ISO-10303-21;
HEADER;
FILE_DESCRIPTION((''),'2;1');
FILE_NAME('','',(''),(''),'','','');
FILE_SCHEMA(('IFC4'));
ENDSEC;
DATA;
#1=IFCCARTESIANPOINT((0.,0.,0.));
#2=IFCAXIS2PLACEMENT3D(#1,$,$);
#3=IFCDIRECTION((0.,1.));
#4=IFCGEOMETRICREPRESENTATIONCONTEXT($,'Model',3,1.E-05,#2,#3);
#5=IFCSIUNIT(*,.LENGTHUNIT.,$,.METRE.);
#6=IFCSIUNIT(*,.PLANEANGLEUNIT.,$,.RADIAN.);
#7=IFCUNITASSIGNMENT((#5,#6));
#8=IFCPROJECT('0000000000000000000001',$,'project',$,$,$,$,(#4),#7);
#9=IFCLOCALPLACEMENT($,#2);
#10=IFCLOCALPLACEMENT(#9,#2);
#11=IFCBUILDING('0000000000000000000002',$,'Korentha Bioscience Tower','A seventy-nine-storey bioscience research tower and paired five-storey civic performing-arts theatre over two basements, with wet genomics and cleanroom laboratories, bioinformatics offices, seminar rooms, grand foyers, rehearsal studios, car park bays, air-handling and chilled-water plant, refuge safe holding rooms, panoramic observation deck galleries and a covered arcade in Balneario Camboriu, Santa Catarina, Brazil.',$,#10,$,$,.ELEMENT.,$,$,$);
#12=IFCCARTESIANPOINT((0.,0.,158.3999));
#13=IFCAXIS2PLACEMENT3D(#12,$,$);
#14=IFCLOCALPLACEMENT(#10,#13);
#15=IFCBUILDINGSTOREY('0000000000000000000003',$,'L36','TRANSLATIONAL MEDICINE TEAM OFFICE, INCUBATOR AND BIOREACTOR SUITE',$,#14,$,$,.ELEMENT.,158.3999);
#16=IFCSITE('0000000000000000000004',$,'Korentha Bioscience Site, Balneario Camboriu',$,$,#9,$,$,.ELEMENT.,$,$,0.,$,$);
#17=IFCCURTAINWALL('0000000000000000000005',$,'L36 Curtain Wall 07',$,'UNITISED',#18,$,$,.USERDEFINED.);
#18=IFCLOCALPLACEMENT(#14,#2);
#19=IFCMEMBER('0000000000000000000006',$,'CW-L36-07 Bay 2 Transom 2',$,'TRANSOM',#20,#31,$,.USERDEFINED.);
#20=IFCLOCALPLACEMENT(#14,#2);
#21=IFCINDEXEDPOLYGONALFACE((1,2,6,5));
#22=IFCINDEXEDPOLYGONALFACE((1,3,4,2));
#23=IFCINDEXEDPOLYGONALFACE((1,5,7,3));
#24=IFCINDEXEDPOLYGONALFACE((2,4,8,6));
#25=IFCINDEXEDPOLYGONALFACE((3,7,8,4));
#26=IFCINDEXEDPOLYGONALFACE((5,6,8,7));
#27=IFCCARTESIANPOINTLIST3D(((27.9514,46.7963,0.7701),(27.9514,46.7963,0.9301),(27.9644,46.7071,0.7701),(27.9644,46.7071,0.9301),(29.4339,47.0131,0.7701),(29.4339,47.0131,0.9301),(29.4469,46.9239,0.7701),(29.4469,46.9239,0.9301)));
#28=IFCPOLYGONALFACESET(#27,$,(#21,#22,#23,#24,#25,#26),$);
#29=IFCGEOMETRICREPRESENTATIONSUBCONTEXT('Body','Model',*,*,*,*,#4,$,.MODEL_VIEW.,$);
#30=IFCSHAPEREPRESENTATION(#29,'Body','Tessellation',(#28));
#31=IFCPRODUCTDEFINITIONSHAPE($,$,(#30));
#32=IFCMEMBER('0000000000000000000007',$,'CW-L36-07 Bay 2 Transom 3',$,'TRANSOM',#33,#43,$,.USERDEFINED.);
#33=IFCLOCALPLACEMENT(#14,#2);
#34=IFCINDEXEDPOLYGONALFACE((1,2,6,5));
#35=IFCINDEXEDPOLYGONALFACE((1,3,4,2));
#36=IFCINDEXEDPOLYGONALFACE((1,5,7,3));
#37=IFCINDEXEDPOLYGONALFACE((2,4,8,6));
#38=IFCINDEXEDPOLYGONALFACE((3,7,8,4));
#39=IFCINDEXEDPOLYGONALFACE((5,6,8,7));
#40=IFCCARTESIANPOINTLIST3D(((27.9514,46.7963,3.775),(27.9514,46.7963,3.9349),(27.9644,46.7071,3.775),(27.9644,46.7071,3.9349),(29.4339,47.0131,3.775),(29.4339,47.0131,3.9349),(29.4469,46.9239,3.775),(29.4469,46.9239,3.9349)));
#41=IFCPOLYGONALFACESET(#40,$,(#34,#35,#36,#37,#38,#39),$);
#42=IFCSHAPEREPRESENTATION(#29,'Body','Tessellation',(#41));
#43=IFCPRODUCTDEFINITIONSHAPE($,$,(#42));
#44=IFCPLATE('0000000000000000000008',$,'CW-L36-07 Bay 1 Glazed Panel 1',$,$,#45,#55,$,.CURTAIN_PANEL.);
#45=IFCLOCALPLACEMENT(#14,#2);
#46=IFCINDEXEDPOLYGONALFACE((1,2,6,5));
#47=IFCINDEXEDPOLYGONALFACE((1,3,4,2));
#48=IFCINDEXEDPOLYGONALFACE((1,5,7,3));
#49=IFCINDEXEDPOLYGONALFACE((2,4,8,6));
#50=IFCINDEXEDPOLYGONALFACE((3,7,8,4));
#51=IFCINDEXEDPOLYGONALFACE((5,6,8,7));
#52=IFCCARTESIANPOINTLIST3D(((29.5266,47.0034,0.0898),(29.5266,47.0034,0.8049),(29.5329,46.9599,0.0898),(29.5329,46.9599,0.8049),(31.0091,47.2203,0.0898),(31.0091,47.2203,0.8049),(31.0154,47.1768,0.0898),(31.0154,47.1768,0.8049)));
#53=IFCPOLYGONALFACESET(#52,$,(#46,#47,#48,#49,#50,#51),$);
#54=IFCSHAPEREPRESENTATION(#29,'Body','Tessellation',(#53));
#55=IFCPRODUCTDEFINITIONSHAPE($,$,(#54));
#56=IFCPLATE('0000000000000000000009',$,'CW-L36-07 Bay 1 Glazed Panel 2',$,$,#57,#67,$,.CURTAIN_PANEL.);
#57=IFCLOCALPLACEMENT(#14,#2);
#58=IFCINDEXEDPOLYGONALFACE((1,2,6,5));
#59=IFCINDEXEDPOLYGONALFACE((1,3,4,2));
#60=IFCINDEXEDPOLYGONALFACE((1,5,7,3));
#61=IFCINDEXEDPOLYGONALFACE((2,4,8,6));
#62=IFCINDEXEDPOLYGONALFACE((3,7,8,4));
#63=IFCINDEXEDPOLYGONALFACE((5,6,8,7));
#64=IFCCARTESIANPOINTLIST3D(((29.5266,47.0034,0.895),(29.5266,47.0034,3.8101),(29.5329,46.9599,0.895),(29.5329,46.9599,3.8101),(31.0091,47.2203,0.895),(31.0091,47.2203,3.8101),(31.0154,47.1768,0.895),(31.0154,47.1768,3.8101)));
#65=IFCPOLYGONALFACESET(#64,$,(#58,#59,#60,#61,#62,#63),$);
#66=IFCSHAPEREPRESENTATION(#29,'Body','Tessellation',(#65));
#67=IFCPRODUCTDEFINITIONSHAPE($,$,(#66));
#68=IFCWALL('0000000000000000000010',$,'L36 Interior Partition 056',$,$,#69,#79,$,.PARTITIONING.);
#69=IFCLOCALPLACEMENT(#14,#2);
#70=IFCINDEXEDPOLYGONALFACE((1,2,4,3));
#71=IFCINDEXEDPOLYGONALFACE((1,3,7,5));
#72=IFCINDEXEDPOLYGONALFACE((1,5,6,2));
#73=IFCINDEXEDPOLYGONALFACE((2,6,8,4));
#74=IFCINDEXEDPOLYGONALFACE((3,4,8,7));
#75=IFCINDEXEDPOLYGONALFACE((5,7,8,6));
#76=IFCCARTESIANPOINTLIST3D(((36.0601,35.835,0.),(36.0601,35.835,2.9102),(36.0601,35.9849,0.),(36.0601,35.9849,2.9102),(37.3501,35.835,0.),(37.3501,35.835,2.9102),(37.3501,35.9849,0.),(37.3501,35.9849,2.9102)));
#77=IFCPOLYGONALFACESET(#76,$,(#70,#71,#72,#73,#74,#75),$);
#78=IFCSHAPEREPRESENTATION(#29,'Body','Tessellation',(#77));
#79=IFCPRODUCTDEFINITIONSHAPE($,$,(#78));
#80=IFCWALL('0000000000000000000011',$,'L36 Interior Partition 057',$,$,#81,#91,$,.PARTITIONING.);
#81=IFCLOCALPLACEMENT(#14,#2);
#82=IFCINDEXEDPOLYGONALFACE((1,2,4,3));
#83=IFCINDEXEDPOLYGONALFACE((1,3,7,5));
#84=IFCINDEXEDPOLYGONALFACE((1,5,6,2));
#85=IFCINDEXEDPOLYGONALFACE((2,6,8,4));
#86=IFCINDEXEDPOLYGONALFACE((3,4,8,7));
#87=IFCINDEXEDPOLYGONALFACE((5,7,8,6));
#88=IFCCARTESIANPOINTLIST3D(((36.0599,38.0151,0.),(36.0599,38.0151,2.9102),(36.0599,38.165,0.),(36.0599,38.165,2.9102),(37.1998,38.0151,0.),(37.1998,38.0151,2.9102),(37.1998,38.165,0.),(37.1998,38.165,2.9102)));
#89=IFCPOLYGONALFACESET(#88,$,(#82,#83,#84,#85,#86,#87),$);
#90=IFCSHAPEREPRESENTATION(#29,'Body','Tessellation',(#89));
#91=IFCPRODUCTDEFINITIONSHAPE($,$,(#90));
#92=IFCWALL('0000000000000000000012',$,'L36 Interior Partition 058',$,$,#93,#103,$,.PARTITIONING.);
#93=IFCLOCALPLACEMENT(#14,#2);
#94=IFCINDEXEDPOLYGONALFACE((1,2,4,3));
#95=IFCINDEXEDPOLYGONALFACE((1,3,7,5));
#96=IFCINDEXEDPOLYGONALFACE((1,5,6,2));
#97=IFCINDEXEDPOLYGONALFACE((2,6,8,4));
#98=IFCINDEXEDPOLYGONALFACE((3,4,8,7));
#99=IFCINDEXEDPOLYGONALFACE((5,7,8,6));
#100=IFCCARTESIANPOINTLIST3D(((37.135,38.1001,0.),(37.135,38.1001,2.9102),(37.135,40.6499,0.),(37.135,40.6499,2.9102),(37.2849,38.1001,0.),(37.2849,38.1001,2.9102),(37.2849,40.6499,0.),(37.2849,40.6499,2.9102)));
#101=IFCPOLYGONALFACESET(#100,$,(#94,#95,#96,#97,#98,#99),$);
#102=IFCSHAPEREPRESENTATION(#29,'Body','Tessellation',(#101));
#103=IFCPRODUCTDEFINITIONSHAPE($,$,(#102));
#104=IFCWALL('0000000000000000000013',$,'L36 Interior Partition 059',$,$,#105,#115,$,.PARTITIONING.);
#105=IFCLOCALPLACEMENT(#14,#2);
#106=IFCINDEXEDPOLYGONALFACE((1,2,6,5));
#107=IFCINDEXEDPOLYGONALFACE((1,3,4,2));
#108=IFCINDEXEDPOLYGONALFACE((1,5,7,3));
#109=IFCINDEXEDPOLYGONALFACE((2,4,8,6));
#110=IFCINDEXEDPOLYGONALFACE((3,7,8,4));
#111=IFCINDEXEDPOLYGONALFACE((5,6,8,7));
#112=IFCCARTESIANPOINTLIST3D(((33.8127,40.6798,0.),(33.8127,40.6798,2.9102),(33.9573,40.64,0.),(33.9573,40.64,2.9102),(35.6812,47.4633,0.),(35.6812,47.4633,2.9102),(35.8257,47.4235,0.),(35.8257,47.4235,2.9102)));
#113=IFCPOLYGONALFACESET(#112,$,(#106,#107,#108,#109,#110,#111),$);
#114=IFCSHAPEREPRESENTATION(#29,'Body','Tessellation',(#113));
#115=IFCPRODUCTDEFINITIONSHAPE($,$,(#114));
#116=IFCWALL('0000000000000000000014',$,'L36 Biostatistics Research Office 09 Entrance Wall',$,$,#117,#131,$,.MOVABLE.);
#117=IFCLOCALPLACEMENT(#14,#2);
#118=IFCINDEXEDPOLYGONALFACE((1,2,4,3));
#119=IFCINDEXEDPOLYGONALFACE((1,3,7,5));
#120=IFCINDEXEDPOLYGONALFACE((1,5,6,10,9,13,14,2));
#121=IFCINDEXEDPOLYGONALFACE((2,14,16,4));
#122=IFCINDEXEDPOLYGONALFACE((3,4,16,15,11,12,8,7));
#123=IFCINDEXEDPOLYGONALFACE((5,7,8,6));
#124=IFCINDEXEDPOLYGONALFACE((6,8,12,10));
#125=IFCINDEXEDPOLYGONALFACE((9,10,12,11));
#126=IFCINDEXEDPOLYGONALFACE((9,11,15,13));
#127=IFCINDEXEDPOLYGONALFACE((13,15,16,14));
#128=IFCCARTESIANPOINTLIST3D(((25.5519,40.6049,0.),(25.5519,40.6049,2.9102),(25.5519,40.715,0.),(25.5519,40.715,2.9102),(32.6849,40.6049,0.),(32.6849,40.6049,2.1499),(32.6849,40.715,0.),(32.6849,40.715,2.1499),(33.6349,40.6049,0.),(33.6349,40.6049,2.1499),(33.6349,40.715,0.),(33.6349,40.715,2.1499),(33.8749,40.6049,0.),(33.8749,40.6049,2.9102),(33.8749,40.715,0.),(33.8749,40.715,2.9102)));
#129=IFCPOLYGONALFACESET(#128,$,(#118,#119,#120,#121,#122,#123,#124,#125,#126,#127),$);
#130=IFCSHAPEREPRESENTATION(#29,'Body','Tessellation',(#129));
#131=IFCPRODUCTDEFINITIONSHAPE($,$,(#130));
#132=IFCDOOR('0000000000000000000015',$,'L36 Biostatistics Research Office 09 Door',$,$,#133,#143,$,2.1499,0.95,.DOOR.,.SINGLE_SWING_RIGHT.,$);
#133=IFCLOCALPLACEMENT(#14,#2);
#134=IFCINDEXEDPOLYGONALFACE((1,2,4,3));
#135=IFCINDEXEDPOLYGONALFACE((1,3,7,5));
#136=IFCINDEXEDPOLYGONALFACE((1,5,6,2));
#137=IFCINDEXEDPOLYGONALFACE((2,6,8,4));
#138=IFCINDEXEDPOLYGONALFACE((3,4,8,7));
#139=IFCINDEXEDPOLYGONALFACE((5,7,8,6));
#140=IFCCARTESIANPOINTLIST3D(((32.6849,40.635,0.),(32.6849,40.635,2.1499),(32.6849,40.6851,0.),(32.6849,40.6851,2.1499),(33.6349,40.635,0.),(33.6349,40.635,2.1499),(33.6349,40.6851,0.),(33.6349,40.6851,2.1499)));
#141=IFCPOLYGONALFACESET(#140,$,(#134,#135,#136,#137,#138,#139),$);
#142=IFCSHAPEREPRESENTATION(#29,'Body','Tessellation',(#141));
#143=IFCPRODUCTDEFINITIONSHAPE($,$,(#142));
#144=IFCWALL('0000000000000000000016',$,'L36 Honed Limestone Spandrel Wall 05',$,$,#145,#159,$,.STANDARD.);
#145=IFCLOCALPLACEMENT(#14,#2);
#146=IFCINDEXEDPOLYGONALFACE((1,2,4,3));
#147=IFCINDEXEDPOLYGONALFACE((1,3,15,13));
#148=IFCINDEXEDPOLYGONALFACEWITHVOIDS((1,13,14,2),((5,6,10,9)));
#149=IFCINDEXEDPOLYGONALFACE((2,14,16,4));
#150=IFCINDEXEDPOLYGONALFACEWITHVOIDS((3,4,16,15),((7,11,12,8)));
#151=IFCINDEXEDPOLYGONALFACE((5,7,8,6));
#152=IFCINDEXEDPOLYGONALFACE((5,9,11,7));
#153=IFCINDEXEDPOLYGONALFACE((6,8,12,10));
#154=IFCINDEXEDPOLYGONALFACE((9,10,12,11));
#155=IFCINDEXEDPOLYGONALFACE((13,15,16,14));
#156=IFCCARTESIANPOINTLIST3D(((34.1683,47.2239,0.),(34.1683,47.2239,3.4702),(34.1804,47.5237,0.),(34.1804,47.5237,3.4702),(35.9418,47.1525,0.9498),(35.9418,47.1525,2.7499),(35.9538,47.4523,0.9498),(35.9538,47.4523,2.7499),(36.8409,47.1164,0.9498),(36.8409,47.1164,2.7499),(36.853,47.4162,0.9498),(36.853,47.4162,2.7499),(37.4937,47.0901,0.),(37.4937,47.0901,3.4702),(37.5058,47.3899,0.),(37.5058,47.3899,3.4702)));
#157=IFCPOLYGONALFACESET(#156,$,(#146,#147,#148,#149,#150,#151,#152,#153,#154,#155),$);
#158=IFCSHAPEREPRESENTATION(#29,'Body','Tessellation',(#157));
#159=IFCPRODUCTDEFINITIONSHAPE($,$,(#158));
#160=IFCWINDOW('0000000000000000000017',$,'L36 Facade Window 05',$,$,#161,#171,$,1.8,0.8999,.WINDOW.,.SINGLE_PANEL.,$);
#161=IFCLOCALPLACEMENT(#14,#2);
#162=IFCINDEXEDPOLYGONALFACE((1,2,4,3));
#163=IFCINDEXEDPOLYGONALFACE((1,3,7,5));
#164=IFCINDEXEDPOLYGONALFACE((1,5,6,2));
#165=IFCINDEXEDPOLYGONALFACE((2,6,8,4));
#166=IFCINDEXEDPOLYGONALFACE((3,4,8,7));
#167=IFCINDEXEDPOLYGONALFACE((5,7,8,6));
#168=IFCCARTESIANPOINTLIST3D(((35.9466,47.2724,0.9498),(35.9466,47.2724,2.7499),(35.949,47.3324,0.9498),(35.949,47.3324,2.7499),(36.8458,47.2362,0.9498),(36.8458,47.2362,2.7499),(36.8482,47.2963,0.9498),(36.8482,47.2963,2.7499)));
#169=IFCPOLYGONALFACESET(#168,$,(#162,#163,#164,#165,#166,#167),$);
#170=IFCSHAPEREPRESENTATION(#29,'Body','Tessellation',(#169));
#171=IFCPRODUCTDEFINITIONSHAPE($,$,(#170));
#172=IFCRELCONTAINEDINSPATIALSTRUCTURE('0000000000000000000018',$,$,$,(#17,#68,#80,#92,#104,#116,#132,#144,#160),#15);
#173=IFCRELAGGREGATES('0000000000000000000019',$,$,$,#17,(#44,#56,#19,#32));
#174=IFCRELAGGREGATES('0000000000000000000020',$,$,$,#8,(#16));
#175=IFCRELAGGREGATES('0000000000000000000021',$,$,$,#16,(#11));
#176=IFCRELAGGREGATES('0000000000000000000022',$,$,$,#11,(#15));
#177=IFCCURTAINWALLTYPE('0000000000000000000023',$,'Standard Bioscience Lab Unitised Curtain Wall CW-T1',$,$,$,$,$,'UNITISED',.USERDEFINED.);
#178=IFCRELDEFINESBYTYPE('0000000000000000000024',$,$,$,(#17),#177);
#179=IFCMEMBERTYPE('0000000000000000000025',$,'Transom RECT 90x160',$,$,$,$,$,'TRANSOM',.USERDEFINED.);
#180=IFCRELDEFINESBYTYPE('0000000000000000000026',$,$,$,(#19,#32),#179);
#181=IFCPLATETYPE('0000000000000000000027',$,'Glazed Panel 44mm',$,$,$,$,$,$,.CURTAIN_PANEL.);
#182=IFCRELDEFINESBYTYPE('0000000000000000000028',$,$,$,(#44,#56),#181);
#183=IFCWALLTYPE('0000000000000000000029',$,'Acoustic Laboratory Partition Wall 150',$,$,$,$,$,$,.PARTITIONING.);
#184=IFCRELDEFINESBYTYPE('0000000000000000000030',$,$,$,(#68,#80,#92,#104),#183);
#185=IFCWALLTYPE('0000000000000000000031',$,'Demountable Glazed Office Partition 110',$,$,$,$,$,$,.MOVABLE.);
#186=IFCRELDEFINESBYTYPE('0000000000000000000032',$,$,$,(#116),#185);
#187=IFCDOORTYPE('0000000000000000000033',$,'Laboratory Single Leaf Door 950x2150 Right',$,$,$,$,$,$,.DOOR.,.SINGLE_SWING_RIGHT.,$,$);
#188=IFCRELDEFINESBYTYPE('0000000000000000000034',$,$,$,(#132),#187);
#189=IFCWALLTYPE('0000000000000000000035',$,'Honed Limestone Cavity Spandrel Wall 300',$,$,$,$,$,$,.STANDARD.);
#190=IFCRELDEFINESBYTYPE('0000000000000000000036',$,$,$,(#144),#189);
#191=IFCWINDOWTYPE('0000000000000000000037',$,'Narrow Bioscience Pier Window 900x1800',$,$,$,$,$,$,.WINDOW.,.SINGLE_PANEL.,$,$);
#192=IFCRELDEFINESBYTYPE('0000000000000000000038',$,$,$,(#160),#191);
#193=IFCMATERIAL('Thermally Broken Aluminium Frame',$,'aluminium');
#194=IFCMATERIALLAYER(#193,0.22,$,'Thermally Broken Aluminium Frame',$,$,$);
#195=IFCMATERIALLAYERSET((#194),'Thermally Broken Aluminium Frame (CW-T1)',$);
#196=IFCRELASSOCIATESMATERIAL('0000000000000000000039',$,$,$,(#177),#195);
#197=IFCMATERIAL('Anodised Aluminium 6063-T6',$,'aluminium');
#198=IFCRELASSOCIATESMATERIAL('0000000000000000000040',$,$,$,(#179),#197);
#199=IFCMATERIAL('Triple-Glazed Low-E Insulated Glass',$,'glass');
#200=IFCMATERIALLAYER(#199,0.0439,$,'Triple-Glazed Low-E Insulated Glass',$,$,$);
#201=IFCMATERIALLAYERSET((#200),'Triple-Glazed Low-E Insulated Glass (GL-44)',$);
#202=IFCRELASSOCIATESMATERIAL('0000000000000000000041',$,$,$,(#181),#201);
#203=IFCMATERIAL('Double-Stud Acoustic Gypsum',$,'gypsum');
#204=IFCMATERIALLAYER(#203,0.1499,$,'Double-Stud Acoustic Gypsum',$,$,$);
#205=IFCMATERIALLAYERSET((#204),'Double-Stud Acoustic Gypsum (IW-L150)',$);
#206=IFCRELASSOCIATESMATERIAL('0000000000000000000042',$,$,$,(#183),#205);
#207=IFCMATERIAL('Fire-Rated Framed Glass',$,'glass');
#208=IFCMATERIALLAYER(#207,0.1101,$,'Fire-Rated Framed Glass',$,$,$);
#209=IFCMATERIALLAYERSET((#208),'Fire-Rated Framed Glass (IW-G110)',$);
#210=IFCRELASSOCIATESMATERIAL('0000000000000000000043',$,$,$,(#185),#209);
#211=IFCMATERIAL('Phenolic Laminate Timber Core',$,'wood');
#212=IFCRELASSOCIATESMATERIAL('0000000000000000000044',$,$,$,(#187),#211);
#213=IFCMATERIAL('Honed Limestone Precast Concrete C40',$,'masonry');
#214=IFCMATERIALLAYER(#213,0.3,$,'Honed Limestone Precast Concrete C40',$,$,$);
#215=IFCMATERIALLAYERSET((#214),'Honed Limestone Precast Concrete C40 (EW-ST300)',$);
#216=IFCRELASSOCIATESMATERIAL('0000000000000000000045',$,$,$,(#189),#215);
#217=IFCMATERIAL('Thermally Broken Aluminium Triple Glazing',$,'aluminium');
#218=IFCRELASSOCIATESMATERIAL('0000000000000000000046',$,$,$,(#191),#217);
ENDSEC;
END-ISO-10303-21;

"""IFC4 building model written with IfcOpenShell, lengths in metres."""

from ifc_helpers import new_model, si_unit, direction, frame, frame_2d, origin, origin_2d, place, context, subcontext, project, spatial, rectangle, extrude, material, layer, layer_set, material_profile, profile_set, type_object, element, fill, aggregate, save


model = new_model("IFC4")

# Units and contexts
model_context = context("Model", 3, precision=1e-05, world=origin(), true_north=direction((0.0, 1.0)))
body_context = subcontext(model_context, "Body", "Model", "MODEL_VIEW")
ifc_project = project(units=[si_unit("LENGTHUNIT", "METRE"), si_unit("PLANEANGLEUNIT", "RADIAN")], contexts=[model_context])

# Site, building, storey
site_placement = place(None, origin())
site = spatial("IfcSite", under=ifc_project, at=site_placement, Name="Korentha Bioscience Site, Balneario Camboriu", CompositionType="ELEMENT", RefElevation=0.0)
building_placement = place(site_placement, origin())
building = spatial("IfcBuilding", under=site, at=building_placement, Name="Korentha Bioscience Tower", Description="A seventy-nine-storey bioscience research tower and paired five-storey civic performing-arts theatre over two basements, with wet genomics and cleanroom laboratories, bioinformatics offices, seminar rooms, grand foyers, rehearsal studios, car park bays, air-handling and chilled-water plant, refuge safe holding rooms, panoramic observation deck galleries and a covered arcade in Balneario Camboriu, Santa Catarina, Brazil.", CompositionType="ELEMENT")
storey_placement = place(building_placement, frame((0.0, 0.0, 158.3999)))
storey = spatial("IfcBuildingStorey", under=building, at=storey_placement, Name="L36", Description="TRANSLATIONAL MEDICINE TEAM OFFICE, INCUBATOR AND BIOREACTOR SUITE", CompositionType="ELEMENT", Elevation=158.3999)

# Curtain wall
ifc_material_1 = material(Name="Thermally Broken Aluminium Frame", Category="aluminium")
ifc_layer_1 = layer(ifc_material_1, 0.22, Name="Thermally Broken Aluminium Frame")
ifc_layer_set_1 = layer_set([ifc_layer_1], Name="Thermally Broken Aluminium Frame (CW-T1)")
curtain_wall_type = type_object("IfcCurtainWallType", Name="Standard Bioscience Lab Unitised Curtain Wall CW-T1", ElementType="UNITISED", PredefinedType="USERDEFINED", material=ifc_layer_set_1)
curtain_wall_placement = place(storey_placement, origin())
curtain_wall = element("IfcCurtainWall", 1, at=curtain_wall_placement, inside=storey, type_object=curtain_wall_type, Name="L36 Curtain Wall 07", ObjectType="UNITISED", PredefinedType="USERDEFINED")
ifc_material_2 = material(Name="Anodised Aluminium 6063-T6", Category="aluminium")

# Members
ifc_material_profile_1 = material_profile(ifc_material_2, rectangle(XDim=0.0901, YDim=0.1599, at=origin_2d()), Name="Anodised Aluminium 6063-T6")
ifc_profile_set_1 = profile_set([ifc_material_profile_1], Name="Anodised Aluminium 6063-T6 (CW-TRN)")
member_type_1 = type_object("IfcMemberType", Name="Transom RECT 90x160", ElementType="TRANSOM", PredefinedType="USERDEFINED", material=ifc_profile_set_1)
member_1_placement = place(storey_placement, frame((29.4404, 46.9685, 0.8501), z_axis=(-0.989475, -0.144706, 0.0), x_axis=(0.144706, -0.989475, 0.0)))
member_1 = element("IfcMember", 2, at=member_1_placement, type_object=member_type_1, Name="CW-L36-07 Bay 2 Transom 2", ObjectType="TRANSOM", PredefinedType="USERDEFINED", context=body_context, shape_type="SweptSolid", body=[
    extrude(rectangle(XDim=0.0901, YDim=0.1599, at=origin_2d()), origin(), (0.0, 0.0, 1.0), 1.4983),
])
member_2_placement = place(storey_placement, frame((29.4404, 46.9685, 3.855), z_axis=(-0.989475, -0.144706, 0.0), x_axis=(0.144706, -0.989475, 0.0)))
member_2 = element("IfcMember", 3, at=member_2_placement, type_object=member_type_1, Name="CW-L36-07 Bay 2 Transom 3", ObjectType="TRANSOM", PredefinedType="USERDEFINED", context=body_context, shape_type="SweptSolid", body=[
    extrude(rectangle(XDim=0.0901, YDim=0.1599, at=origin_2d()), origin(), (0.0, 0.0, 1.0), 1.4983),
])

# Plates
ifc_material_3 = material(Name="Triple-Glazed Low-E Insulated Glass", Category="glass")
ifc_layer_2 = layer(ifc_material_3, 0.0439, Name="Triple-Glazed Low-E Insulated Glass")
ifc_layer_set_2 = layer_set([ifc_layer_2], Name="Triple-Glazed Low-E Insulated Glass (GL-44)")
plate_type = type_object("IfcPlateType", Name="Glazed Panel 44mm", PredefinedType="CURTAIN_PANEL", material=ifc_layer_set_2)
plate_1_placement = place(storey_placement, frame((30.271, 47.0901, 0.0898), z_axis=(0.0, 0.0, 1.0), x_axis=(-0.989462, -0.144793, 0.0)))
plate_1 = element("IfcPlate", 4, at=plate_1_placement, type_object=plate_type, Name="CW-L36-07 Bay 1 Glazed Panel 1", PredefinedType="CURTAIN_PANEL", context=body_context, shape_type="SweptSolid", body=[
    extrude(rectangle(XDim=1.4983, YDim=0.0439, at=origin_2d()), origin(), (0.0, 0.0, 1.0), 0.7151),
])
plate_2_placement = place(storey_placement, frame((30.271, 47.0901, 0.895), z_axis=(0.0, 0.0, 1.0), x_axis=(-0.989462, -0.144793, 0.0)))
plate_2 = element("IfcPlate", 5, at=plate_2_placement, type_object=plate_type, Name="CW-L36-07 Bay 1 Glazed Panel 2", PredefinedType="CURTAIN_PANEL", context=body_context, shape_type="SweptSolid", body=[
    extrude(rectangle(XDim=1.4983, YDim=0.0439, at=origin_2d()), origin(), (0.0, 0.0, 1.0), 2.915),
])
aggregate(curtain_wall, [plate_1, plate_2, member_1, member_2])

# Shared definitions
ifc_material_4 = material(Name="Double-Stud Acoustic Gypsum", Category="gypsum")
ifc_layer_3 = layer(ifc_material_4, 0.1499, Name="Double-Stud Acoustic Gypsum")
ifc_layer_set_3 = layer_set([ifc_layer_3], Name="Double-Stud Acoustic Gypsum (IW-L150)")
wall_type_1 = type_object("IfcWallType", Name="Acoustic Laboratory Partition Wall 150", PredefinedType="PARTITIONING", material=ifc_layer_set_3)
ifc_material_5 = material(Name="Phenolic Laminate Timber Core", Category="wood")

# Walls
wall_1_placement = place(storey_placement, frame((37.3501, 35.9099, 0.0), z_axis=(0.0, 0.0, 1.0), x_axis=(-1.0, 0.0, 0.0)))
element("IfcWall", 6, at=wall_1_placement, inside=storey, type_object=wall_type_1, Name="L36 Interior Partition 056", PredefinedType="PARTITIONING", context=body_context, shape_type="SweptSolid", body=[
    extrude(rectangle(XDim=1.29, YDim=0.1499, at=frame_2d((0.645, 0.0))), origin(), (0.0, 0.0, 1.0), 2.9102),
])
wall_2_placement = place(storey_placement, frame((36.0601, 38.0901, 0.0), z_axis=(0.0, 0.0, 1.0), x_axis=(1.0, 0.0, 0.0)))
element("IfcWall", 7, at=wall_2_placement, inside=storey, type_object=wall_type_1, Name="L36 Interior Partition 057", PredefinedType="PARTITIONING", context=body_context, shape_type="SweptSolid", body=[
    extrude(rectangle(XDim=1.1399, YDim=0.1499, at=frame_2d((0.5698, 0.0))), origin(), (0.0, 0.0, 1.0), 2.9102),
])
wall_3_placement = place(storey_placement, frame((37.21, 38.1001, 0.0), z_axis=(0.0, 0.0, 1.0), x_axis=(0.0, 1.0, 0.0)))
element("IfcWall", 8, at=wall_3_placement, inside=storey, type_object=wall_type_1, Name="L36 Interior Partition 058", PredefinedType="PARTITIONING", context=body_context, shape_type="SweptSolid", body=[
    extrude(rectangle(XDim=2.5498, YDim=0.1499, at=frame_2d((1.2749, 0.0))), origin(), (0.0, 0.0, 1.0), 2.9102),
])
wall_4_placement = place(storey_placement, frame((33.885, 40.6599, 0.0), z_axis=(0.0, 0.0, 1.0), x_axis=(0.265548, 0.964098, 0.0)))
element("IfcWall", 9, at=wall_4_placement, inside=storey, type_object=wall_type_1, Name="L36 Interior Partition 059", PredefinedType="PARTITIONING", context=body_context, shape_type="SweptSolid", body=[
    extrude(rectangle(XDim=7.0361, YDim=0.1499, at=frame_2d((3.5181, 0.0))), origin(), (0.0, 0.0, 1.0), 2.9102),
])

# Wall, opening, door
ifc_material_6 = material(Name="Fire-Rated Framed Glass", Category="glass")
ifc_layer_4 = layer(ifc_material_6, 0.1101, Name="Fire-Rated Framed Glass")
ifc_layer_set_4 = layer_set([ifc_layer_4], Name="Fire-Rated Framed Glass (IW-G110)")
wall_type_2 = type_object("IfcWallType", Name="Demountable Glazed Office Partition 110", PredefinedType="MOVABLE", material=ifc_layer_set_4)
wall_5_placement = place(storey_placement, frame((33.875, 40.6599, 0.0), z_axis=(0.0, 0.0, 1.0), x_axis=(-1.0, 0.0, 0.0)))
wall_5 = element("IfcWall", 10, at=wall_5_placement, inside=storey, type_object=wall_type_2, Name="L36 Biostatistics Research Office 09 Entrance Wall", PredefinedType="MOVABLE", context=body_context, shape_type="SweptSolid", body=[
    extrude(rectangle(XDim=8.323, YDim=0.1101, at=frame_2d((4.1616, 0.0))), origin(), (0.0, 0.0, 1.0), 2.9102),
])
opening_1_placement = place(wall_5_placement, frame((0.24, 0.0, 0.0)))
opening_1 = element("IfcOpeningElement", 11, at=opening_1_placement, cuts=wall_5, PredefinedType="OPENING", context=body_context, shape_type="SweptSolid", body=[
    extrude(rectangle(XDim=0.95, YDim=2.1499, at=frame_2d((0.4751, 1.075))), frame((0.0, 0.0698, 0.0), z_axis=(0.0, -1.0, 0.0), x_axis=(1.0, 0.0, 0.0)), (0.0, 0.0, 1.0), 0.1399),
])
door_type_1 = type_object("IfcDoorType", Name="Laboratory Single Leaf Door 950x2150 Right", OperationType="SINGLE_SWING_RIGHT", PredefinedType="DOOR", material=ifc_material_5)
door_1_placement = place(opening_1_placement, origin())
door_1 = element("IfcDoor", 12, at=door_1_placement, inside=storey, type_object=door_type_1, Name="L36 Biostatistics Research Office 09 Door", OperationType="SINGLE_SWING_RIGHT", OverallHeight=2.1499, OverallWidth=0.95, PredefinedType="DOOR", context=body_context, shape_type="SweptSolid", body=[
    extrude(rectangle(XDim=0.95, YDim=2.1499, at=frame_2d((0.4751, 1.075))), frame((0.0, 0.0249, 0.0), z_axis=(0.0, -1.0, 0.0), x_axis=(1.0, 0.0, 0.0)), (0.0, 0.0, 1.0), 0.05),
])
fill(opening_1, door_1)

# Wall, opening, window
ifc_material_7 = material(Name="Honed Limestone Precast Concrete C40", Category="masonry")
ifc_layer_5 = layer(ifc_material_7, 0.3, Name="Honed Limestone Precast Concrete C40")
ifc_layer_set_5 = layer_set([ifc_layer_5], Name="Honed Limestone Precast Concrete C40 (EW-ST300)")
wall_type_3 = type_object("IfcWallType", Name="Honed Limestone Cavity Spandrel Wall 300", PredefinedType="STANDARD", material=ifc_layer_set_5)
wall_6_placement = place(storey_placement, frame((37.4998, 47.24, 0.0), z_axis=(0.0, 0.0, 1.0), x_axis=(-0.999192, 0.040199, 0.0)))
wall_6 = element("IfcWall", 13, at=wall_6_placement, inside=storey, type_object=wall_type_3, Name="L36 Honed Limestone Spandrel Wall 05", PredefinedType="STANDARD", context=body_context, shape_type="SweptSolid", body=[
    extrude(rectangle(XDim=3.3281, YDim=0.3, at=frame_2d((1.6641, 0.0))), origin(), (0.0, 0.0, 1.0), 3.4702),
])
opening_2_placement = place(wall_6_placement, frame((0.6533, 0.0, 0.95)))
opening_2 = element("IfcOpeningElement", 14, at=opening_2_placement, cuts=wall_6, PredefinedType="OPENING", context=body_context, shape_type="SweptSolid", body=[
    extrude(rectangle(XDim=0.8999, YDim=1.8, at=frame_2d((0.45, 0.8999))), frame((0.0, 0.165, 0.0), z_axis=(0.0, -1.0, 0.0), x_axis=(1.0, 0.0, 0.0)), (0.0, 0.0, 1.0), 0.3298),
])
ifc_material_8 = material(Name="Thermally Broken Aluminium Triple Glazing", Category="aluminium")
window_type = type_object("IfcWindowType", Name="Narrow Bioscience Pier Window 900x1800", PartitioningType="SINGLE_PANEL", PredefinedType="WINDOW", material=ifc_material_8)
window_placement = place(opening_2_placement, origin())
window = element("IfcWindow", 15, at=window_placement, inside=storey, type_object=window_type, Name="L36 Facade Window 05", OverallHeight=1.8, OverallWidth=0.8999, PartitioningType="SINGLE_PANEL", PredefinedType="WINDOW", context=body_context, shape_type="SweptSolid", body=[
    extrude(rectangle(XDim=0.8999, YDim=1.8, at=frame_2d((0.45, 0.8999))), frame((0.0, 0.03, 0.0), z_axis=(0.0, -1.0, 0.0), x_axis=(1.0, 0.0, 0.0)), (0.0, 0.0, 1.0), 0.0601),
])
fill(opening_2, window)

save(model, "model.ifc")
